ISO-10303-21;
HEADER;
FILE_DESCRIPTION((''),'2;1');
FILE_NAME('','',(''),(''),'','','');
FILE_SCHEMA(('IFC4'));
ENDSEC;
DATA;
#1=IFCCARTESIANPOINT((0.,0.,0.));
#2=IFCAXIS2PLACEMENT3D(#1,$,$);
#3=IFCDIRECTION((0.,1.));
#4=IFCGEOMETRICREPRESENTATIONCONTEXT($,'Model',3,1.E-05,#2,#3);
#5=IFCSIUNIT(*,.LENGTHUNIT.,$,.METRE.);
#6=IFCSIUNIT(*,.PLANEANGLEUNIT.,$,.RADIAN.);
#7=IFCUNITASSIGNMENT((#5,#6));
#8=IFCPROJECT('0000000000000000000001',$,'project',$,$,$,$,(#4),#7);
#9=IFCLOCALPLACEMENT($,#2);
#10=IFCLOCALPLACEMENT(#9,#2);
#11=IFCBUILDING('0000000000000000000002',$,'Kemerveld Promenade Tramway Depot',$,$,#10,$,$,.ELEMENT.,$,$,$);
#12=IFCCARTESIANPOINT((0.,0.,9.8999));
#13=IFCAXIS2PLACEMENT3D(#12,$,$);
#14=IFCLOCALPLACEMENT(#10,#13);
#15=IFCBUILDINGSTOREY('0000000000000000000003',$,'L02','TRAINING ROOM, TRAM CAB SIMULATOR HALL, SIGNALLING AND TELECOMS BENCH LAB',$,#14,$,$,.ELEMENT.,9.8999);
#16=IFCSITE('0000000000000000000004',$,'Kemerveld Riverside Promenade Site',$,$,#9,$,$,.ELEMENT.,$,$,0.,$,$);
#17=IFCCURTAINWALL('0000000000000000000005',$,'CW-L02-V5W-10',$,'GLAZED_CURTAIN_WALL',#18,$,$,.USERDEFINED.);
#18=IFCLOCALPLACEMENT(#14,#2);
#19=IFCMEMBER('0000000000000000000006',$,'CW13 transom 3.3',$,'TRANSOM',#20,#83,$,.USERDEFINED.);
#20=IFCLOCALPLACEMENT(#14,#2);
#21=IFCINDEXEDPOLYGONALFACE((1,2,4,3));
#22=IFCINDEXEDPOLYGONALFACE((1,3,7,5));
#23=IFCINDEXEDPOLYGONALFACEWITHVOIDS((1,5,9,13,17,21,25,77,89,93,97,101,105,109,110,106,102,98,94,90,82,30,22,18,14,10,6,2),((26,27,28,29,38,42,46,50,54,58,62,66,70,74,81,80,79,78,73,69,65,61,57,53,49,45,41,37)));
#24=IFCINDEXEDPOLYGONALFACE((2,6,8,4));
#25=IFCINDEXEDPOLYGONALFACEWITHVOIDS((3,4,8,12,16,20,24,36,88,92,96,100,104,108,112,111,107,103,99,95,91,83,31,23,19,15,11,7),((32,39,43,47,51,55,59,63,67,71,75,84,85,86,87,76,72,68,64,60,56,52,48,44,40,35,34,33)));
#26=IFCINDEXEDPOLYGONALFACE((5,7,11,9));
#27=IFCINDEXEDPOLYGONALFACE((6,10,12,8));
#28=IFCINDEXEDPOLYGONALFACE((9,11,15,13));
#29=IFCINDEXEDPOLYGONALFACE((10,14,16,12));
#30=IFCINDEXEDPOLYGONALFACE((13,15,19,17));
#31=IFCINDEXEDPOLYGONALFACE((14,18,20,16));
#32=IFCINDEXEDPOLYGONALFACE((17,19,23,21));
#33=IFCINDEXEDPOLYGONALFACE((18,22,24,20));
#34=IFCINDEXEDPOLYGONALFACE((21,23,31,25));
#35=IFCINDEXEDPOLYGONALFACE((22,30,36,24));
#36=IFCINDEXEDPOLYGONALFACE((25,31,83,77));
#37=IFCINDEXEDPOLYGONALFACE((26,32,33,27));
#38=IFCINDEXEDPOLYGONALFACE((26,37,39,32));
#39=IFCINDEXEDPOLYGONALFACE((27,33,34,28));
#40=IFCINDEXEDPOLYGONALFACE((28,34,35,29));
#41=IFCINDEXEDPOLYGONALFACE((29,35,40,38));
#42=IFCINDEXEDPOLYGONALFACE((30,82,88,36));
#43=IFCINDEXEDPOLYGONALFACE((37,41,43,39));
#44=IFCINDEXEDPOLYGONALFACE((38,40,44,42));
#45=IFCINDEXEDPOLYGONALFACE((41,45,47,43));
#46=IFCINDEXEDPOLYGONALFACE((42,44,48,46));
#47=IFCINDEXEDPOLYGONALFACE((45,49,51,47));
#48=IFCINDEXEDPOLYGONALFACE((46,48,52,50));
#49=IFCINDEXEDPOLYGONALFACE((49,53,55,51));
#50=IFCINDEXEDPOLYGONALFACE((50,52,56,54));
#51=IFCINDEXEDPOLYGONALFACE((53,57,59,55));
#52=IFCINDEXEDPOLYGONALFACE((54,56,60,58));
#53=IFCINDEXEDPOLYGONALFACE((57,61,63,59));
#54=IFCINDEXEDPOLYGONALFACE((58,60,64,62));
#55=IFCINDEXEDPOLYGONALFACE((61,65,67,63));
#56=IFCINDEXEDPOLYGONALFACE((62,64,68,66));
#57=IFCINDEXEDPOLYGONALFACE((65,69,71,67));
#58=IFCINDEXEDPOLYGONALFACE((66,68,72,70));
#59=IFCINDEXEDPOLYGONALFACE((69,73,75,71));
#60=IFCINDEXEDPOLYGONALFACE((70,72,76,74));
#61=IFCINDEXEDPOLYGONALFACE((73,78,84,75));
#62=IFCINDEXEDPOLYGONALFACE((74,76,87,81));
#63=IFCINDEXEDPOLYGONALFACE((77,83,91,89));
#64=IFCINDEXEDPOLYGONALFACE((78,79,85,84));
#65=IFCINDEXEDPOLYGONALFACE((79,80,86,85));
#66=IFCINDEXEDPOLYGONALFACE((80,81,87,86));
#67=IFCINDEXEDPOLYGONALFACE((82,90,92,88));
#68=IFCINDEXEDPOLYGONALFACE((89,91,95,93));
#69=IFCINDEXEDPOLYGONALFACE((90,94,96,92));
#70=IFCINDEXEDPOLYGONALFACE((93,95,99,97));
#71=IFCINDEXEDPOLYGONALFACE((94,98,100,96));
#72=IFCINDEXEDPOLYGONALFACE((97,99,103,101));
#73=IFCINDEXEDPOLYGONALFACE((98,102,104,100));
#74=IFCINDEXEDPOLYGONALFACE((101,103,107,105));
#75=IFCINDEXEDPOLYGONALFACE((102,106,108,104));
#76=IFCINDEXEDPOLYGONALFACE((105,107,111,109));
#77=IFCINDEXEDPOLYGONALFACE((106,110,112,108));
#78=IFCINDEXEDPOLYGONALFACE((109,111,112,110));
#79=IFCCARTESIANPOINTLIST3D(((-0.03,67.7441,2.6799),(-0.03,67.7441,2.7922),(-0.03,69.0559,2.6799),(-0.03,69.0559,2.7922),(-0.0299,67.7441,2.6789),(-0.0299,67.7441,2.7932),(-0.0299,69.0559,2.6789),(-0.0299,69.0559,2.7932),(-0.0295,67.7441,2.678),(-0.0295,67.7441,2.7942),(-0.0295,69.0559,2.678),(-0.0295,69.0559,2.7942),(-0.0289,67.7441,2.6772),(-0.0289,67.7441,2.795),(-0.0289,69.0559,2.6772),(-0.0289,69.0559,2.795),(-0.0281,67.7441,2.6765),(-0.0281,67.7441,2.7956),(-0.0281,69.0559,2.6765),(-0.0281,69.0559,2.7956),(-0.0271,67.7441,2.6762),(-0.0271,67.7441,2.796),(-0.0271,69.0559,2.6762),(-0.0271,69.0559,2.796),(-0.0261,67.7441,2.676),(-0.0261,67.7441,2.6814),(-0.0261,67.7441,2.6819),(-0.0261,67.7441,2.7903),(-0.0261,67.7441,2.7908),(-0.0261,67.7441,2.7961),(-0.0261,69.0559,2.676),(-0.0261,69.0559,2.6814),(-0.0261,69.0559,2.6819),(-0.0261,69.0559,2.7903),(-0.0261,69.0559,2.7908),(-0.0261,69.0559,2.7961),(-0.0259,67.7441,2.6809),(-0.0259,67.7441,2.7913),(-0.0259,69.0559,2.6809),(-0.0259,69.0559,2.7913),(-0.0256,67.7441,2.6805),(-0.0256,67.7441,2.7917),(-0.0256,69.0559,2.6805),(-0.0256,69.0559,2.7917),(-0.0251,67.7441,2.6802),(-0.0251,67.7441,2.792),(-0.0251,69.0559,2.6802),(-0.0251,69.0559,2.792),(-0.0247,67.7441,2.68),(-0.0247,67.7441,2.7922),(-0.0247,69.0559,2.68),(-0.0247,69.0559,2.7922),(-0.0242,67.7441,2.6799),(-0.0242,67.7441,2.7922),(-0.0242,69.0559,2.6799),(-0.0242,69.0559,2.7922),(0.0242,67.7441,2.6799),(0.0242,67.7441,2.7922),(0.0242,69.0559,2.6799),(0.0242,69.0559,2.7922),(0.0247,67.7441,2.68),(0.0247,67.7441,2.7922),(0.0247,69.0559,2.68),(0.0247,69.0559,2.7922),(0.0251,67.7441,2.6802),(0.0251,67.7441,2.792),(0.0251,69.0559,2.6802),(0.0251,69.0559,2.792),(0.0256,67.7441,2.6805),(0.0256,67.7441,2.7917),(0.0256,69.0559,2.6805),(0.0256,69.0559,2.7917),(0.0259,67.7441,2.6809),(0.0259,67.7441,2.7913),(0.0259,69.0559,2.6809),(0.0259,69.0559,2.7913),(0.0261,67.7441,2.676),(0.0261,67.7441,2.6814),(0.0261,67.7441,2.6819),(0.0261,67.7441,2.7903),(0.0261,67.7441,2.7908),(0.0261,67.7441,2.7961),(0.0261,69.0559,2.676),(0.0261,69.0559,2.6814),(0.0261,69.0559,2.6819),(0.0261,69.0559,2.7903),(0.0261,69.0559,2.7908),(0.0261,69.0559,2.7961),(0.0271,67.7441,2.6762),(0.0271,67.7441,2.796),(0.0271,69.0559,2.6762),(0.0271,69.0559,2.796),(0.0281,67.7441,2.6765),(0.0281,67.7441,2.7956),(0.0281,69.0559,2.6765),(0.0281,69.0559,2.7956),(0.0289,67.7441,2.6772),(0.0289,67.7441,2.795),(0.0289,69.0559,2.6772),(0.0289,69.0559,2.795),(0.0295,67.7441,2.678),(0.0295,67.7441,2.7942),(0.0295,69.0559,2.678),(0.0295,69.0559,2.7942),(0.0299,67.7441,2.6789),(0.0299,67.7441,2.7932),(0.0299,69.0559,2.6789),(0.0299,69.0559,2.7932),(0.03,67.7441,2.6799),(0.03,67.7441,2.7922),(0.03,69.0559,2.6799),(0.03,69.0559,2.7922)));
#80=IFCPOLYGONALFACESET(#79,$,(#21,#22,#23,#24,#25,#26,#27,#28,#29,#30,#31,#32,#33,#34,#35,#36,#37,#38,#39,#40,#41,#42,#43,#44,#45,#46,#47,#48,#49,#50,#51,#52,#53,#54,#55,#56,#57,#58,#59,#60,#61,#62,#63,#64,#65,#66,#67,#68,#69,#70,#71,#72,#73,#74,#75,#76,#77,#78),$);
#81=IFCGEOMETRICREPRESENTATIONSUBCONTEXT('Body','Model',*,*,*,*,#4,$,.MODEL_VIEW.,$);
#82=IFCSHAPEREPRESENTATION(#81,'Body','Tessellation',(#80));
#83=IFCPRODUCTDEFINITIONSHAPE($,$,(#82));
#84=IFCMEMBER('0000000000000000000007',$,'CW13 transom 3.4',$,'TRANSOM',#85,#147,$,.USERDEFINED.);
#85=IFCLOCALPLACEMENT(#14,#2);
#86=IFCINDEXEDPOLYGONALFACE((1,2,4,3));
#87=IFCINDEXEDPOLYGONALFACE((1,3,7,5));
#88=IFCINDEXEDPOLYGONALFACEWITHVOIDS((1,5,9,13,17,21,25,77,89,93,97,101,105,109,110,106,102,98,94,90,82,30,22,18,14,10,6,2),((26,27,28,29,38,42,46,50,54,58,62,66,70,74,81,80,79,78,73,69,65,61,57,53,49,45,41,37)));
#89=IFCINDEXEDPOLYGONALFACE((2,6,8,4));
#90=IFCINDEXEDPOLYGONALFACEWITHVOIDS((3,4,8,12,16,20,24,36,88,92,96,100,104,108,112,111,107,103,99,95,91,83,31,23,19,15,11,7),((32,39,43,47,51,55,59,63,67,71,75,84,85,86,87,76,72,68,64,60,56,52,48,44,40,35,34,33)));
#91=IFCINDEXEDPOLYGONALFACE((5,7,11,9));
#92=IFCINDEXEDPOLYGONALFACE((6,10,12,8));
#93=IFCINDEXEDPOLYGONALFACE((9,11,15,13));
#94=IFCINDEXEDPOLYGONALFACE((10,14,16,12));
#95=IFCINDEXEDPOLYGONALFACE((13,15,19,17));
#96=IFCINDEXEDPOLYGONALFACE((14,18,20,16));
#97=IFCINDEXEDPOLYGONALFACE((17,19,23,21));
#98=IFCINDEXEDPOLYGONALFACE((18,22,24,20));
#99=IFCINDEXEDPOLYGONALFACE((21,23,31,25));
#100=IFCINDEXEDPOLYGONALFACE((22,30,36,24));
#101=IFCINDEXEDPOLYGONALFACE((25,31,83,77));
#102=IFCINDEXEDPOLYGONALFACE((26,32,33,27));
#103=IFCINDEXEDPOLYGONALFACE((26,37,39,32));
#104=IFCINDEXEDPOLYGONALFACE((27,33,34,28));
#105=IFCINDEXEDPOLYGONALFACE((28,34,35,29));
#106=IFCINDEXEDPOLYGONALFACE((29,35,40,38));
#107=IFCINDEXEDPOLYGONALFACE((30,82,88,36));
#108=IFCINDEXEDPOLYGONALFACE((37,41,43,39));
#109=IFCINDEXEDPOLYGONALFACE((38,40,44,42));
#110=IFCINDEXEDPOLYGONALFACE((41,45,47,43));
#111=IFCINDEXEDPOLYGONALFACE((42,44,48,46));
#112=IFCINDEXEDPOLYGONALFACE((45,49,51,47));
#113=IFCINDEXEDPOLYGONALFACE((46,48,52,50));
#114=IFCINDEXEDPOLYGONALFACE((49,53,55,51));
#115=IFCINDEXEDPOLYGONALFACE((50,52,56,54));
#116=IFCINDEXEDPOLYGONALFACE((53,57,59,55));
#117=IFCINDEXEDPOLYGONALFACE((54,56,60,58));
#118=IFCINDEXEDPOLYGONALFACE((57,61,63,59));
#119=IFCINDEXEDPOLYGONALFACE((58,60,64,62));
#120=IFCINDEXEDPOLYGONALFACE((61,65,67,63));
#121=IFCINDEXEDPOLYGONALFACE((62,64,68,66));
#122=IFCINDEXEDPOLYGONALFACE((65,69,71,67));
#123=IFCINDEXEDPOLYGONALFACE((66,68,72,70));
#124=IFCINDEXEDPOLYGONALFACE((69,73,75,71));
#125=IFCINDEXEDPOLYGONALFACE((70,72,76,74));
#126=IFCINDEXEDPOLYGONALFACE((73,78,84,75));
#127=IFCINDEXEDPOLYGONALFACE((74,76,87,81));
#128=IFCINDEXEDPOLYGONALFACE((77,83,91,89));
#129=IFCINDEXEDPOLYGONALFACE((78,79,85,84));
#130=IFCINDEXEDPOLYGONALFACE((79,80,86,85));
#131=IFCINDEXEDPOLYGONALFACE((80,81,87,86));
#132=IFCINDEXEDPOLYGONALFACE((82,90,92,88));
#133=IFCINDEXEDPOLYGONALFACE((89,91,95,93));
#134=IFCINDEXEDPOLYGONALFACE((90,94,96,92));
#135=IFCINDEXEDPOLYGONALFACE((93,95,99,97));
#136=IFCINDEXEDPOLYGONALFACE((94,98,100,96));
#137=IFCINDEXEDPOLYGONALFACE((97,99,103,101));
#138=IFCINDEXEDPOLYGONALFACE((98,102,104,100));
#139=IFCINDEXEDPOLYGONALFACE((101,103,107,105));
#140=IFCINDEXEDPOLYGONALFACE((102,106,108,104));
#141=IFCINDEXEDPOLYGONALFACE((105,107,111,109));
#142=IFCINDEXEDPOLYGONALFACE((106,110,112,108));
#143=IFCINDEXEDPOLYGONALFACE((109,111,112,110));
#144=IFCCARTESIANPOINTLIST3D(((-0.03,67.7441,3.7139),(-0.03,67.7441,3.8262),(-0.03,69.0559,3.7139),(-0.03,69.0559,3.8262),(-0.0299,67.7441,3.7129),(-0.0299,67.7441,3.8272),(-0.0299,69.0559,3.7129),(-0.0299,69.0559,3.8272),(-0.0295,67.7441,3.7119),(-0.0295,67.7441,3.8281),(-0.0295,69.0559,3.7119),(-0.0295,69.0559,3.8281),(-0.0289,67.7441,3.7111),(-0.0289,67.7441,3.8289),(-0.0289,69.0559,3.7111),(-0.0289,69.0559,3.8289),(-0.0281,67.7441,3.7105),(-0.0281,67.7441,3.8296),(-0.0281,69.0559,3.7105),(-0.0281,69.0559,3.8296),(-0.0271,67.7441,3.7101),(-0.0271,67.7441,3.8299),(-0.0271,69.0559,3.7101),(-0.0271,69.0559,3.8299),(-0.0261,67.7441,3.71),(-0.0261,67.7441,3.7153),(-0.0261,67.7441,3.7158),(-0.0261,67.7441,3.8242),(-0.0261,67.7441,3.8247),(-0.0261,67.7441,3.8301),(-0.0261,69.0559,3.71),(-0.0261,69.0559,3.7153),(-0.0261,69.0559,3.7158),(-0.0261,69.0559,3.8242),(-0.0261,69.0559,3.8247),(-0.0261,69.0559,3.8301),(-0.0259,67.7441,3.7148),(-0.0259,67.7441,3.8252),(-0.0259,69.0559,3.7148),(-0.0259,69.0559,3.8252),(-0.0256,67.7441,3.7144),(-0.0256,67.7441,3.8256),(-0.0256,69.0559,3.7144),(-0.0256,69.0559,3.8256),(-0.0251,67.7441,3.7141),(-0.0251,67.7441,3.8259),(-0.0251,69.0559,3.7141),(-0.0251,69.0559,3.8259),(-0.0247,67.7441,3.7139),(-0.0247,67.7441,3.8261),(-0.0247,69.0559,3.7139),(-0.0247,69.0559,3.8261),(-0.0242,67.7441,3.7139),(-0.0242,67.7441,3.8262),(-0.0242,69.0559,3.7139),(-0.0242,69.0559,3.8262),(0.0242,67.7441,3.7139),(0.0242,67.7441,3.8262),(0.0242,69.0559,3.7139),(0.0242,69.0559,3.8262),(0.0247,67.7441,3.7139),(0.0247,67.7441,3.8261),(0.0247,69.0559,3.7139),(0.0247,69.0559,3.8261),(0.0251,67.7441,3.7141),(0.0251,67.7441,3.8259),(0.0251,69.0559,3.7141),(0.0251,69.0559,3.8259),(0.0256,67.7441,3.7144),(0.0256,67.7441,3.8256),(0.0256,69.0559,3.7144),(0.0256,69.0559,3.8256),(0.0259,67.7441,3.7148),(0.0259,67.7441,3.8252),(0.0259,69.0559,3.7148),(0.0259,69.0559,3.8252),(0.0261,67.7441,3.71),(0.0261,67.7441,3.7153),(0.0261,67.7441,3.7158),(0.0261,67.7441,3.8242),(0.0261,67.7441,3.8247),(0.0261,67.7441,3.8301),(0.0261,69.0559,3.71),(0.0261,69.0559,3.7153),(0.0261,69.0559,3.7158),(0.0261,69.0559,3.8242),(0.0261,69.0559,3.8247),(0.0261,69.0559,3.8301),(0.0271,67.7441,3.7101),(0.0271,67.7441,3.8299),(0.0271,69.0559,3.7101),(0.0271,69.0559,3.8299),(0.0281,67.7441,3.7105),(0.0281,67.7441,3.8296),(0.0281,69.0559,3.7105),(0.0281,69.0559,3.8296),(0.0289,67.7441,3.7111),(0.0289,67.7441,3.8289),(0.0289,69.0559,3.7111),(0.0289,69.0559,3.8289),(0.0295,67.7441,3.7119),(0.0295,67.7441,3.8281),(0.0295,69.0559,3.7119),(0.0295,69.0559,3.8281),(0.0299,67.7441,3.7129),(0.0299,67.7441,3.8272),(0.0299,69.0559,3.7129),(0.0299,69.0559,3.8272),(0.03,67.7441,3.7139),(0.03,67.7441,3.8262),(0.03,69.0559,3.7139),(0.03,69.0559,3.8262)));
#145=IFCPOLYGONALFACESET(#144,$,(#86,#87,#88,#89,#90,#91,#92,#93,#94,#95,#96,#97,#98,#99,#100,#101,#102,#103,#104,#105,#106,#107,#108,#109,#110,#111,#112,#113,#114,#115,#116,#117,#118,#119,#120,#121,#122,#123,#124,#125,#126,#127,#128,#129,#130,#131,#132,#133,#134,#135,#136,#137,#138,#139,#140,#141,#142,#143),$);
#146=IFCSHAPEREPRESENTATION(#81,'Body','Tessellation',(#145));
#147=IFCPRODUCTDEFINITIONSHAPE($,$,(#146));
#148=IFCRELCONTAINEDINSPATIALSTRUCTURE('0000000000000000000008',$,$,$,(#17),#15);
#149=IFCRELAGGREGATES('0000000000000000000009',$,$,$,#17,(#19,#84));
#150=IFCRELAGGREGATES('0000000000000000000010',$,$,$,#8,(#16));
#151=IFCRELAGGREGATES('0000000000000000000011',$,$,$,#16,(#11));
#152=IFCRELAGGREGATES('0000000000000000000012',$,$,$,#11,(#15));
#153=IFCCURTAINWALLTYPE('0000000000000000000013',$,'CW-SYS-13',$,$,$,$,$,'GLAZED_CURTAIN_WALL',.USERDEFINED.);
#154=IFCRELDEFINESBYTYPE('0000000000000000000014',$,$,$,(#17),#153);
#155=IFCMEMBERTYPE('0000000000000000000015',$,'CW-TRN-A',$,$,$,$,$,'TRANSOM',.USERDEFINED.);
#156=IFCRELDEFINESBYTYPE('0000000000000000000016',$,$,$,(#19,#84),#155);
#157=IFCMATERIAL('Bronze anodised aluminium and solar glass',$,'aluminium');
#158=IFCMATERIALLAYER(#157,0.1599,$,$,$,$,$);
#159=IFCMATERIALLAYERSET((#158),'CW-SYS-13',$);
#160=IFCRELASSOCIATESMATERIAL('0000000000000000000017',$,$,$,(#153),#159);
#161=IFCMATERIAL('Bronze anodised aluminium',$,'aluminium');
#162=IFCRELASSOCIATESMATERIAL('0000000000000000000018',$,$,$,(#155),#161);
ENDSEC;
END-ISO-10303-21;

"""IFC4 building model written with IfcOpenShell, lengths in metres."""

from ifc_helpers import new_model, si_unit, direction, frame, origin, origin_2d, place, context, subcontext, project, spatial, hollow_rectangle, extrude, material, layer, layer_set, material_profile, profile_set, type_object, element, aggregate, save


model = new_model("IFC4")

# Units and contexts
model_context = context("Model", 3, precision=1e-05, world=origin(), true_north=direction((0.0, 1.0)))
body_context = subcontext(model_context, "Body", "Model", "MODEL_VIEW")
ifc_project = project(units=[si_unit("LENGTHUNIT", "METRE"), si_unit("PLANEANGLEUNIT", "RADIAN")], contexts=[model_context])

# Site, building, storey
site_placement = place(None, origin())
site = spatial("IfcSite", under=ifc_project, at=site_placement, Name="Kemerveld Riverside Promenade Site", CompositionType="ELEMENT", RefElevation=0.0)
building_placement = place(site_placement, origin())
building = spatial("IfcBuilding", under=site, at=building_placement, Name="Kemerveld Promenade Tramway Depot", CompositionType="ELEMENT")
storey_placement = place(building_placement, frame((0.0, 0.0, 9.8999)))
storey = spatial("IfcBuildingStorey", under=building, at=storey_placement, Name="L02", Description="TRAINING ROOM, TRAM CAB SIMULATOR HALL, SIGNALLING AND TELECOMS BENCH LAB", CompositionType="ELEMENT", Elevation=9.8999)

# Curtain wall, members
ifc_material_1 = material(Name="Bronze anodised aluminium and solar glass", Category="aluminium")
ifc_layer_1 = layer(ifc_material_1, 0.1599)
ifc_layer_set_1 = layer_set([ifc_layer_1], Name="CW-SYS-13")
curtain_wall_type = type_object("IfcCurtainWallType", Name="CW-SYS-13", ElementType="GLAZED_CURTAIN_WALL", PredefinedType="USERDEFINED", material=ifc_layer_set_1)
curtain_wall_placement = place(storey_placement, origin())
curtain_wall = element("IfcCurtainWall", 1, at=curtain_wall_placement, inside=storey, type_object=curtain_wall_type, Name="CW-L02-V5W-10", ObjectType="GLAZED_CURTAIN_WALL", PredefinedType="USERDEFINED")
ifc_material_2 = material(Name="Bronze anodised aluminium", Category="aluminium")
ifc_material_profile_1 = material_profile(ifc_material_2, hollow_rectangle(XDim=0.0601, YDim=0.1201, WallThickness=0.0039, InnerFilletRadius=0.002, OuterFilletRadius=0.0039, at=origin_2d()), Name="CW-TRN-120x60")
ifc_profile_set_1 = profile_set([ifc_material_profile_1], Name="Bronze anodised aluminium")
member_type_1 = type_object("IfcMemberType", Name="CW-TRN-A", ElementType="TRANSOM", PredefinedType="USERDEFINED", material=ifc_profile_set_1)
member_1_placement = place(storey_placement, frame((0.0, 67.7441, 2.7361), z_axis=(0.0, 1.0, 0.0), x_axis=(-1.0, 0.0, 0.0)))
member_1 = element("IfcMember", 2, at=member_1_placement, type_object=member_type_1, Name="CW13 transom 3.3", ObjectType="TRANSOM", PredefinedType="USERDEFINED", context=body_context, shape_type="SweptSolid", body=[
    extrude(hollow_rectangle(XDim=0.0601, YDim=0.1201, WallThickness=0.0039, InnerFilletRadius=0.002, OuterFilletRadius=0.0039, at=origin_2d()), origin(), (0.0, 0.0, 1.0), 1.3118),
])
member_2_placement = place(storey_placement, frame((0.0, 67.7441, 3.77), z_axis=(0.0, 1.0, 0.0), x_axis=(-1.0, 0.0, 0.0)))
member_2 = element("IfcMember", 3, at=member_2_placement, type_object=member_type_1, Name="CW13 transom 3.4", ObjectType="TRANSOM", PredefinedType="USERDEFINED", context=body_context, shape_type="SweptSolid", body=[
    extrude(hollow_rectangle(XDim=0.0601, YDim=0.1201, WallThickness=0.0039, InnerFilletRadius=0.002, OuterFilletRadius=0.0039, at=origin_2d()), origin(), (0.0, 0.0, 1.0), 1.3118),
])
aggregate(curtain_wall, [member_1, member_2])

save(model, "model.ifc")
